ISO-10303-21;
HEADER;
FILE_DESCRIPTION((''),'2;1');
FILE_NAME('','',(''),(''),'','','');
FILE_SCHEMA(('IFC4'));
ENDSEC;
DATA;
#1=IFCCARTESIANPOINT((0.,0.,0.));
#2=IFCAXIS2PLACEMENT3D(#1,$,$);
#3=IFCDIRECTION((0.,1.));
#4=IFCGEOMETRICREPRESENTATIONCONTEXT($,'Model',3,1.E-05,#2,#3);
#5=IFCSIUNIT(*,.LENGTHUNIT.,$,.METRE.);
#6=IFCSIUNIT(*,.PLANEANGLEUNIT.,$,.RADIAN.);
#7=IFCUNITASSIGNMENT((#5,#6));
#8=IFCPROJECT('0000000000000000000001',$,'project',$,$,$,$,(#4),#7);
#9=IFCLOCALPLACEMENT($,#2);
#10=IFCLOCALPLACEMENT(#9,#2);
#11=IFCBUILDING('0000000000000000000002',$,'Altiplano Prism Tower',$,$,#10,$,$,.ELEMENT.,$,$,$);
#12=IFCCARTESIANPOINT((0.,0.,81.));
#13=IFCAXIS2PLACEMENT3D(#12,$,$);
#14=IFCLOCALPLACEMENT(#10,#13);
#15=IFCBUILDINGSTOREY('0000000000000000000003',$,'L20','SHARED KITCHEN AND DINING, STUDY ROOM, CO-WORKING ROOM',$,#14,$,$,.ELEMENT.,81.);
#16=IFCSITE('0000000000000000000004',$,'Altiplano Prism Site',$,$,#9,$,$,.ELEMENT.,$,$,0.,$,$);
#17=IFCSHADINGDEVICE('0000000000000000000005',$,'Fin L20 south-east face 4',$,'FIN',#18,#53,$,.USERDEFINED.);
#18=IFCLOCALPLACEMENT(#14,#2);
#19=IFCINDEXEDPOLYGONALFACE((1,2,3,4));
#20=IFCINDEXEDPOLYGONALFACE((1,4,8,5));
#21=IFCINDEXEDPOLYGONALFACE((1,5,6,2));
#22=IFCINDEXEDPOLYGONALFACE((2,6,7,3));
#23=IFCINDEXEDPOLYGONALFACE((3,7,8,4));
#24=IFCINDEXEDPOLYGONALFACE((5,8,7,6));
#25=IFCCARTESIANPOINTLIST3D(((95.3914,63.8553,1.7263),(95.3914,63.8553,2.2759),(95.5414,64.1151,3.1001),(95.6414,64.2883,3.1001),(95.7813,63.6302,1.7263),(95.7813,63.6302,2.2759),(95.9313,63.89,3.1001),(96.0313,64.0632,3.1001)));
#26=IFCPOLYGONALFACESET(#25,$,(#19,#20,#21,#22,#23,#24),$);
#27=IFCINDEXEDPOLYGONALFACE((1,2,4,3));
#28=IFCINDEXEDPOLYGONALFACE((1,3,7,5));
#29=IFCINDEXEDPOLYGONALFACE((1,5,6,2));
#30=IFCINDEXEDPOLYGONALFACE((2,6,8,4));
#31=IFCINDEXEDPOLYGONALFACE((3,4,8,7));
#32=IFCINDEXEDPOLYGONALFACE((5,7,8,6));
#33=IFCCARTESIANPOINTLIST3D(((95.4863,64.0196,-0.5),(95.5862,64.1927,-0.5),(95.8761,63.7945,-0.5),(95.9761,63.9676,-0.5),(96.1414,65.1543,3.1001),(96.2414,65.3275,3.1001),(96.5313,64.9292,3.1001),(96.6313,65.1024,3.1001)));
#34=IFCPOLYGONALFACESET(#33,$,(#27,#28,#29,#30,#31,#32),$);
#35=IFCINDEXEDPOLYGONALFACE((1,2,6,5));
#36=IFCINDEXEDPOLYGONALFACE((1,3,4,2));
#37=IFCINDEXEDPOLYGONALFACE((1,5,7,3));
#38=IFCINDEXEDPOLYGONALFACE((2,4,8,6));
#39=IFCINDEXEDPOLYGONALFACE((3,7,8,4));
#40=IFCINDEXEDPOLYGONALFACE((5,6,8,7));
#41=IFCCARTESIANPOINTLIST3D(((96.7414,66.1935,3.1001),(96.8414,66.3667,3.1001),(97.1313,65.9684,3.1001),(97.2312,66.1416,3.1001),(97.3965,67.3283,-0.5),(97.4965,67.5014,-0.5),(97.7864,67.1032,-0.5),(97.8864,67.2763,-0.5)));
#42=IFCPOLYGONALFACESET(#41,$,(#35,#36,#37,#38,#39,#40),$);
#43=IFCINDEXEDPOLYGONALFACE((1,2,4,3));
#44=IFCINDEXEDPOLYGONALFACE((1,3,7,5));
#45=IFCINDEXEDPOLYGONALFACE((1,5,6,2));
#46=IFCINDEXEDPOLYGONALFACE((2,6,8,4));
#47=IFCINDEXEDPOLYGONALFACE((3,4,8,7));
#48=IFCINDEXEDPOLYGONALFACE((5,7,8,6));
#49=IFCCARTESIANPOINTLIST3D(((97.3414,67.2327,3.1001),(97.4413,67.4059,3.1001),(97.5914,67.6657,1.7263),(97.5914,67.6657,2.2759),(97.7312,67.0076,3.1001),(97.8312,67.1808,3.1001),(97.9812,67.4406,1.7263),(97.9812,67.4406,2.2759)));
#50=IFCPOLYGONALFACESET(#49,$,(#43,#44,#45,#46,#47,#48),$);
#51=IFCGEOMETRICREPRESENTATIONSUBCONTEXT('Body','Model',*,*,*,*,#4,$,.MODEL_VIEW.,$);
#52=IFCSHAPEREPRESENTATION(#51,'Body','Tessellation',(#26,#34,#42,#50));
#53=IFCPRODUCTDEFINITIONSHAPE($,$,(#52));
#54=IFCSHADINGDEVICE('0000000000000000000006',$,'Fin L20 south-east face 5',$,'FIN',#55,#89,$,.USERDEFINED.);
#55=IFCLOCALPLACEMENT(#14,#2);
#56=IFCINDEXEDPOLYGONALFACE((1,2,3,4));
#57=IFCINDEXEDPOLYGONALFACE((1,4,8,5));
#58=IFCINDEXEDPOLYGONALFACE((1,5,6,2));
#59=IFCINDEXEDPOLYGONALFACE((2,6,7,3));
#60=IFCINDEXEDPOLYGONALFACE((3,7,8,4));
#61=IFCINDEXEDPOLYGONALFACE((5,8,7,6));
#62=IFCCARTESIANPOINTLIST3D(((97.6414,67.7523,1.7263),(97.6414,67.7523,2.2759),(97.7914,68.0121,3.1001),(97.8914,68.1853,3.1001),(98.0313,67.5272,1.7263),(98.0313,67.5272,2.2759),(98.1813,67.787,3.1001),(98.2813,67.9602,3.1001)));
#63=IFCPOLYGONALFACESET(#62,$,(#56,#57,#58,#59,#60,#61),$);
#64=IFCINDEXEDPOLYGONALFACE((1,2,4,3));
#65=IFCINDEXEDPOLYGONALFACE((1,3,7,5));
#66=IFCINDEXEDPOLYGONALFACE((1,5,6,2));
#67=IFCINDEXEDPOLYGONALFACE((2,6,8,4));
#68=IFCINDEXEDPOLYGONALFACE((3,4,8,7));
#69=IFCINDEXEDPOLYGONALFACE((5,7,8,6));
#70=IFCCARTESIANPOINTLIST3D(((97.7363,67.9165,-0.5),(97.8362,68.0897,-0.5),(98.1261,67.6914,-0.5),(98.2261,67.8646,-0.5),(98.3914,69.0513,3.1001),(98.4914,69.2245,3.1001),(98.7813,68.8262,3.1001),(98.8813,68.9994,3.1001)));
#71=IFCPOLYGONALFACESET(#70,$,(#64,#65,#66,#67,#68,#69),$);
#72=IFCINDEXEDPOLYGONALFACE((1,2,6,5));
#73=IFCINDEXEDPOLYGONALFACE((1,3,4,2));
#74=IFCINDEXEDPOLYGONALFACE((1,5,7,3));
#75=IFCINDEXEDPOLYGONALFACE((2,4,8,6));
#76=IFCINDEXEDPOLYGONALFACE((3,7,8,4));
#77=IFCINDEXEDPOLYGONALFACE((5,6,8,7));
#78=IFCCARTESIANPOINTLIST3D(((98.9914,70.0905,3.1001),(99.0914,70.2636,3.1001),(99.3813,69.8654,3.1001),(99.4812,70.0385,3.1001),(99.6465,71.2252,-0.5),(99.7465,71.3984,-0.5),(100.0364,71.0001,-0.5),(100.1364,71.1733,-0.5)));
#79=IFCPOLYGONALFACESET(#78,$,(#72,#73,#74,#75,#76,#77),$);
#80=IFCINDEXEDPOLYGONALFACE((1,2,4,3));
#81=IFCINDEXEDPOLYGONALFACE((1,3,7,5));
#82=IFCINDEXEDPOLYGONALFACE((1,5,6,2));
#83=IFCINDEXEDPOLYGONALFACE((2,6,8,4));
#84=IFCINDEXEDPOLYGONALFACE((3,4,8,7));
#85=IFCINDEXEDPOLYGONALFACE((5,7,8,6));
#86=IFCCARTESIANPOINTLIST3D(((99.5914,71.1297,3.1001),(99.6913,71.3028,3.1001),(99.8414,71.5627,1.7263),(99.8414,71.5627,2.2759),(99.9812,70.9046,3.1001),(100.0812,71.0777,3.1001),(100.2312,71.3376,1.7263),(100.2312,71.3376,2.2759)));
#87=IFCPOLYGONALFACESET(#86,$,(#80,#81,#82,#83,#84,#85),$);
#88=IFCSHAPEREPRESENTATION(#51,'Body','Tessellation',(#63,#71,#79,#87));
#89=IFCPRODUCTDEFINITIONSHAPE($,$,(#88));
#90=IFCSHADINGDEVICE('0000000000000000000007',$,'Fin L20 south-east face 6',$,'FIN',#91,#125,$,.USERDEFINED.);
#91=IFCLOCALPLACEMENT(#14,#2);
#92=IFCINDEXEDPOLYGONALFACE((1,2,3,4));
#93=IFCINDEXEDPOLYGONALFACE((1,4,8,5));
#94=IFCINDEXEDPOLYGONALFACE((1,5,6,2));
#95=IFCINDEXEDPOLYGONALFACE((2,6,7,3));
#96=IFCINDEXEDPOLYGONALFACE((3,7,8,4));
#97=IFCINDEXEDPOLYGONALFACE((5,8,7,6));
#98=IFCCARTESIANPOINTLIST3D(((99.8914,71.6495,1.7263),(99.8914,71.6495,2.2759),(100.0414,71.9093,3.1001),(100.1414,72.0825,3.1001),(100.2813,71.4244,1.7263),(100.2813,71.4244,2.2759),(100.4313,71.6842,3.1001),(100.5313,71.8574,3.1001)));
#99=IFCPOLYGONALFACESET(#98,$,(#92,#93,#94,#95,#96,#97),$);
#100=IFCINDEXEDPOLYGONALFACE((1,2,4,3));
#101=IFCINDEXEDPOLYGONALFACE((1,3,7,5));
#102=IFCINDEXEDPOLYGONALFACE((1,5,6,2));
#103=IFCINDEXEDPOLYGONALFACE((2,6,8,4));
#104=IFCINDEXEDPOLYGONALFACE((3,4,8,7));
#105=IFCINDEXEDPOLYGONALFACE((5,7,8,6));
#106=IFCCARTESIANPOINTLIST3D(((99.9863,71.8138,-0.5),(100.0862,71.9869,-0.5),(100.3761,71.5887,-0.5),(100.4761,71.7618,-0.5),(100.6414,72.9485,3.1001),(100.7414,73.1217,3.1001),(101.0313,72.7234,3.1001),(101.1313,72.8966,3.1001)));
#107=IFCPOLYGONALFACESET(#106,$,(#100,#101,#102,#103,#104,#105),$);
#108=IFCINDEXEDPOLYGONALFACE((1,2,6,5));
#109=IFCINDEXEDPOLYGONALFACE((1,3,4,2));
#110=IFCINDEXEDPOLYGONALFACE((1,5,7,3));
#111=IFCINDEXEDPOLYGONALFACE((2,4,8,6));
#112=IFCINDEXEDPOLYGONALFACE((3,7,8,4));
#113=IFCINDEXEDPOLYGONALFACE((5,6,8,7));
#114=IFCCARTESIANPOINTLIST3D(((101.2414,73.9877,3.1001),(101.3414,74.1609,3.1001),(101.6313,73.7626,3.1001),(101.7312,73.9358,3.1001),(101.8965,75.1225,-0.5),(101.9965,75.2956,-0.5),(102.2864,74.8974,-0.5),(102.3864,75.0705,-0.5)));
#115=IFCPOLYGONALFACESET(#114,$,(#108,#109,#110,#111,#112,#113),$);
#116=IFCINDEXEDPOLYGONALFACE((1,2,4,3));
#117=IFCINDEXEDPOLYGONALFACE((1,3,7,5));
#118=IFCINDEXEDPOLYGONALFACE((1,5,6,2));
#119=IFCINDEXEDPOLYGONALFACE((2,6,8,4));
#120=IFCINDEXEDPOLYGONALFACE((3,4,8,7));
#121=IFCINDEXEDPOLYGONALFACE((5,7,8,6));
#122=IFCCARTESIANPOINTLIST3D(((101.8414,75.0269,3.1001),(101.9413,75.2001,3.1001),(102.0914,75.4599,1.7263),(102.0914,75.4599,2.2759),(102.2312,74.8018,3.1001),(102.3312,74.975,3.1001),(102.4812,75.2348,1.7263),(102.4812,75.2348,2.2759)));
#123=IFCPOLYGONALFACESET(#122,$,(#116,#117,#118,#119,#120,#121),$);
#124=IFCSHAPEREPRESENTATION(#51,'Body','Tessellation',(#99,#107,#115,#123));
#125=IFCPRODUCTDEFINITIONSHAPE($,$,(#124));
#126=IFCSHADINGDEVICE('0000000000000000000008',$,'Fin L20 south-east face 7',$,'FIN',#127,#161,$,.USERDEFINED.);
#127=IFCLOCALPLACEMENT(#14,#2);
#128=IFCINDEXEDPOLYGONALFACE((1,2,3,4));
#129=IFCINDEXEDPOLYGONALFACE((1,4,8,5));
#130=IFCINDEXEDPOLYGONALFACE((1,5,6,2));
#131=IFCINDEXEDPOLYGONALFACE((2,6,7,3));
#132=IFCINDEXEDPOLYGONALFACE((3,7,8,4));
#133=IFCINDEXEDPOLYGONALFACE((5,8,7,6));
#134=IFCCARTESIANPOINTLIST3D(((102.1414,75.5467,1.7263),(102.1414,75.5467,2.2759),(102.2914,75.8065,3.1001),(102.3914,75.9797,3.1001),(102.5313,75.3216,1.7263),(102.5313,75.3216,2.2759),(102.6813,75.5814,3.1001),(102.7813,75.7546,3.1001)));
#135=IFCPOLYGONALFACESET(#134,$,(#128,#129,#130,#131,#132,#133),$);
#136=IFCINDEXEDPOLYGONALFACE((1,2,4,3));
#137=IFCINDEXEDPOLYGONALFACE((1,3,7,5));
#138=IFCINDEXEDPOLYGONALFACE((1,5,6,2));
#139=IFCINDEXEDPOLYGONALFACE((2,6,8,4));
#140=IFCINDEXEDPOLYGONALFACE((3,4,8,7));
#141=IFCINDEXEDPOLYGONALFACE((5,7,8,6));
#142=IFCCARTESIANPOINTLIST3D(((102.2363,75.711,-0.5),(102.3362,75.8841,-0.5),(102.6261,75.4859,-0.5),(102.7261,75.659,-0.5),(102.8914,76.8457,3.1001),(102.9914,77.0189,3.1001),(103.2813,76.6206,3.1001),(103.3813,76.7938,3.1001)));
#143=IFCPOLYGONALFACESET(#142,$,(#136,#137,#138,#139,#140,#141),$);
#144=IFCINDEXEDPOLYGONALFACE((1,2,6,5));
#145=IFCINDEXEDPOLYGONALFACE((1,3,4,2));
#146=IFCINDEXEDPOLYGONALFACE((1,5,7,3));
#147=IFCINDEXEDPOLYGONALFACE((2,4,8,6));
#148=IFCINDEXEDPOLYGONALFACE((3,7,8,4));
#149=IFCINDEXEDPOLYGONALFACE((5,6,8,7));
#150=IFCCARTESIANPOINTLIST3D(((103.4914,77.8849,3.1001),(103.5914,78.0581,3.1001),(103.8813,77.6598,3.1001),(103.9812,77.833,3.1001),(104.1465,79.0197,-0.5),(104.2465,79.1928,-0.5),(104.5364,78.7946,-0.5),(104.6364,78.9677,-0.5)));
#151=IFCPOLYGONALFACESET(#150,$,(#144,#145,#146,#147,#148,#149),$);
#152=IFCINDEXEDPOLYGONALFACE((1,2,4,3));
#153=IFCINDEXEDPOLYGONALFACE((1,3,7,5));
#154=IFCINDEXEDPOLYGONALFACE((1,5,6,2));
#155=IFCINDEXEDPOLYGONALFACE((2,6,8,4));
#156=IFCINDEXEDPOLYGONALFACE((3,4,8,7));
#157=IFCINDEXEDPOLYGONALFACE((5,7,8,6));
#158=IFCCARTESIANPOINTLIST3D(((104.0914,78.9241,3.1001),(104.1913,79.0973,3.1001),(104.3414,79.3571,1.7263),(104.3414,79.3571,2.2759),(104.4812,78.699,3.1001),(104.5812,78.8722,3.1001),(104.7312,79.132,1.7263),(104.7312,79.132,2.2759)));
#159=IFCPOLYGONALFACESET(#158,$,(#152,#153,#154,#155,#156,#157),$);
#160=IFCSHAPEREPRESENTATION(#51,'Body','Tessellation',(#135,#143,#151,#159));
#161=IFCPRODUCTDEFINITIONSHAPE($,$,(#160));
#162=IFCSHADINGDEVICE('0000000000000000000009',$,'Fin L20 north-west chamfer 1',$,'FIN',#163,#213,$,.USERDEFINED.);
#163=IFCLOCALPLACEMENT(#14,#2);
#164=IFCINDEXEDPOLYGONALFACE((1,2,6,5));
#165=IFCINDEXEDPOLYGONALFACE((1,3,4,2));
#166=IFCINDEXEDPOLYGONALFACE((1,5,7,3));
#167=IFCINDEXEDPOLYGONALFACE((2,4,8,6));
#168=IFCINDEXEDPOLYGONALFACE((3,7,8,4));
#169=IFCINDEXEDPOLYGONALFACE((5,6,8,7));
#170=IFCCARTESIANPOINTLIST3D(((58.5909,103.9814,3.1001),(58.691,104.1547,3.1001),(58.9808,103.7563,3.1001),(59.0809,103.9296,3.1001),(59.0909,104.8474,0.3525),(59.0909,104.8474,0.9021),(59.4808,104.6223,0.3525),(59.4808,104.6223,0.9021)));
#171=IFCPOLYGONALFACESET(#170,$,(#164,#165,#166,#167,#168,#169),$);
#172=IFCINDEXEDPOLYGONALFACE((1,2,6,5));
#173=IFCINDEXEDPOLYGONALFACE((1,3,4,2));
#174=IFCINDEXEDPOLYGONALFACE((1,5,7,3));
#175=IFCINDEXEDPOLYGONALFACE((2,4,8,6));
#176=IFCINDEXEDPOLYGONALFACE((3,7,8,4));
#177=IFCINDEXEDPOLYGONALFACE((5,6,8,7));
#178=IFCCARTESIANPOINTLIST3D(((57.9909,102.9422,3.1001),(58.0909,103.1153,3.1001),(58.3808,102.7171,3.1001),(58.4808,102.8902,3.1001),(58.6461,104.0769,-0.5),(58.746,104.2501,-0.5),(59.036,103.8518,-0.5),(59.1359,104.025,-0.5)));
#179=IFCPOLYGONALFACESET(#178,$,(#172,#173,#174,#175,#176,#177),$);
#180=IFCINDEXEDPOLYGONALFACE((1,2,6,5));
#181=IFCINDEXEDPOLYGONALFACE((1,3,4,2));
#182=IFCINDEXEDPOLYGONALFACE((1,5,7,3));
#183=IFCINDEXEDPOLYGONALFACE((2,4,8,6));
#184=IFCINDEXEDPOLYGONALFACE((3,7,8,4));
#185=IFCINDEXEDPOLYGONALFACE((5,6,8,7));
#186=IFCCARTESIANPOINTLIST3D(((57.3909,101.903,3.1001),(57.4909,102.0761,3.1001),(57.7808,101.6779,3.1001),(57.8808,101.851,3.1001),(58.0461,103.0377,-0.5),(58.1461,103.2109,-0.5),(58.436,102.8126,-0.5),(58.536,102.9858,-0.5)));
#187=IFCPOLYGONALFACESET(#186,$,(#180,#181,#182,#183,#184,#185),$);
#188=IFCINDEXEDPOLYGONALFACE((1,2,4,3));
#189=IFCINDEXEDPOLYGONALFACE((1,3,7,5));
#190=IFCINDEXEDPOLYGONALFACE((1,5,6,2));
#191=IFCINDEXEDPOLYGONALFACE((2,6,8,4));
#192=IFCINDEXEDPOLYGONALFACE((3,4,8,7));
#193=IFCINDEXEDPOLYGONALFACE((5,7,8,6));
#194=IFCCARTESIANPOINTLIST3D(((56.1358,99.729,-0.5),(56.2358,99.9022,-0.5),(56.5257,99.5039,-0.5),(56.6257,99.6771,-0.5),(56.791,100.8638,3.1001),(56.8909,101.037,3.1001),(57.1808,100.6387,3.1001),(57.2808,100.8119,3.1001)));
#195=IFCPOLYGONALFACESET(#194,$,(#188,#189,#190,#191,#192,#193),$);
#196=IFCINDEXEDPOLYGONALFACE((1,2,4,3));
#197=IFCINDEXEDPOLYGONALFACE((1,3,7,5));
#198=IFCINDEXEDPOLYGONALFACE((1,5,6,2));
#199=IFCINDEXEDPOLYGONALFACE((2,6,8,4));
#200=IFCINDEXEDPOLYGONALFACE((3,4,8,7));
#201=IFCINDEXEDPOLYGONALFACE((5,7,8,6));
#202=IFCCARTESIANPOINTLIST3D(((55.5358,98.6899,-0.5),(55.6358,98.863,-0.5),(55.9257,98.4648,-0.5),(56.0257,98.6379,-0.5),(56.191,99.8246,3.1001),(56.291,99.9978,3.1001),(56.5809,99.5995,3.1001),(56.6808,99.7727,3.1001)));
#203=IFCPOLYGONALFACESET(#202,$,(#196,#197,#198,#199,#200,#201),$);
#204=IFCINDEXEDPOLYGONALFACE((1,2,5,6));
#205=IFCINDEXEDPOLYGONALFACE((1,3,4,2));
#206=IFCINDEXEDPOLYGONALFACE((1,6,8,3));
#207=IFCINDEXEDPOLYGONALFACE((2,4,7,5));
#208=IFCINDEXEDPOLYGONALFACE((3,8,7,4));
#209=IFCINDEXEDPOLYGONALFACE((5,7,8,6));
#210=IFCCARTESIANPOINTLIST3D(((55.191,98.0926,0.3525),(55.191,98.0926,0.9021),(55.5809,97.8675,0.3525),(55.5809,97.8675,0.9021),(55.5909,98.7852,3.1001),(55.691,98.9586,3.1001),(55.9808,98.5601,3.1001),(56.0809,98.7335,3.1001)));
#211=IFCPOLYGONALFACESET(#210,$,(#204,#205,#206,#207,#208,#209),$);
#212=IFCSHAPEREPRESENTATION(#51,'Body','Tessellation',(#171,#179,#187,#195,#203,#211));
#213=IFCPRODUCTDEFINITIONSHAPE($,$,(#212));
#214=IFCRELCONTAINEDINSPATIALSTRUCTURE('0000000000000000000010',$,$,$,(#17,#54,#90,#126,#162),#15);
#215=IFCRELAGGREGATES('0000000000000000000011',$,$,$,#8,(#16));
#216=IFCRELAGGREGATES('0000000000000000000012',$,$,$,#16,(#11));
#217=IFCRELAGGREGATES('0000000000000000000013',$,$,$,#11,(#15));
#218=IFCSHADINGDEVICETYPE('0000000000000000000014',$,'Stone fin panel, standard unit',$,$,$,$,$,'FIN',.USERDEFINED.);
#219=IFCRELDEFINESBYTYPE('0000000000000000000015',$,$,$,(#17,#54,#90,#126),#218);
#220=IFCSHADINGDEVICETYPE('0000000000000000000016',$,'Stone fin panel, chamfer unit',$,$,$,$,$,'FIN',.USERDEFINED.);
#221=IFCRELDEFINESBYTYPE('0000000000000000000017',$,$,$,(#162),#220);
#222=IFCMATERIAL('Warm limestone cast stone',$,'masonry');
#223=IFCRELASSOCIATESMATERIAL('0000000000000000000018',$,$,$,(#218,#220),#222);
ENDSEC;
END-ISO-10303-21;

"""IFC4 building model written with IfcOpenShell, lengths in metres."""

from ifc_helpers import new_model, si_unit, direction, frame, origin, place, context, subcontext, project, spatial, polyline, outline, extrude, source, transform, mapped, material, type_object, element, save


model = new_model("IFC4")

# Units and contexts
model_context = context("Model", 3, precision=1e-05, world=origin(), true_north=direction((0.0, 1.0)))
body_context = subcontext(model_context, "Body", "Model", "MODEL_VIEW")
ifc_project = project(units=[si_unit("LENGTHUNIT", "METRE"), si_unit("PLANEANGLEUNIT", "RADIAN")], contexts=[model_context])

# Site, building, storey
site_placement = place(None, origin())
site = spatial("IfcSite", under=ifc_project, at=site_placement, Name="Altiplano Prism Site", CompositionType="ELEMENT", RefElevation=0.0)
building_placement = place(site_placement, origin())
building = spatial("IfcBuilding", under=site, at=building_placement, Name="Altiplano Prism Tower", CompositionType="ELEMENT")
storey_placement = place(building_placement, frame((0.0, 0.0, 81.0)))
storey = spatial("IfcBuildingStorey", under=building, at=storey_placement, Name="L20", Description="SHARED KITCHEN AND DINING, STUDY ROOM, CO-WORKING ROOM", CompositionType="ELEMENT", Elevation=81.0)

# Shading devices
ifc_material_1 = material(Name="Warm limestone cast stone", Category="masonry")
shading_device_type_1 = type_object("IfcShadingDeviceType", Name="Stone fin panel, standard unit", ElementType="FIN", PredefinedType="USERDEFINED", material=ifc_material_1)
shared_shape_1 = source(origin(), body_context, "Body", "SweptSolid", [
    extrude(outline(polyline([(-2.2, 2.2263), (-1.7, 3.6001), (-1.8999, 3.6001), (-2.2, 2.7759), (-2.2, 2.2263)])), frame((0.0, -0.1499, 0.0), z_axis=(0.0, -1.0, 0.0), x_axis=(1.0, 0.0, 0.0)), (0.0, 0.0, 1.0), 0.4502),
    extrude(outline(polyline([(-2.0103, 0.0), (-1.8103, 0.0), (-0.5, 3.6001), (-0.7, 3.6001), (-2.0103, 0.0)])), frame((0.0, -0.1499, 0.0), z_axis=(0.0, -1.0, 0.0), x_axis=(1.0, 0.0, 0.0)), (0.0, 0.0, 1.0), 0.4502),
    extrude(outline(polyline([(1.8103, 0.0), (2.0103, 0.0), (0.7, 3.6001), (0.5, 3.6001), (1.8103, 0.0)])), frame((0.0, -0.1499, 0.0), z_axis=(0.0, -1.0, 0.0), x_axis=(1.0, 0.0, 0.0)), (0.0, 0.0, 1.0), 0.4502),
    extrude(outline(polyline([(2.2, 2.7759), (1.8999, 3.6001), (1.7, 3.6001), (2.2, 2.2263), (2.2, 2.7759)])), frame((0.0, -0.1499, 0.0), z_axis=(0.0, -1.0, 0.0), x_axis=(1.0, 0.0, 0.0)), (0.0, 0.0, 1.0), 0.4502),
])
shading_device_1_placement = place(storey_placement, origin())
element("IfcShadingDevice", 1, at=shading_device_1_placement, inside=storey, type_object=shading_device_type_1, Name="Fin L20 south-east face 4", ObjectType="FIN", PredefinedType="USERDEFINED", context=body_context, shape_type="MappedRepresentation", body=[
    mapped(shared_shape_1, transform((96.3616, 65.8354, -0.5), x_axis=(0.5, 0.866025, 0.0), y_axis=(-0.866025, 0.5, 0.0), z_axis=(0.0, 0.0, 1.0))),
])
shading_device_2_placement = place(storey_placement, origin())
element("IfcShadingDevice", 2, at=shading_device_2_placement, inside=storey, type_object=shading_device_type_1, Name="Fin L20 south-east face 5", ObjectType="FIN", PredefinedType="USERDEFINED", context=body_context, shape_type="MappedRepresentation", body=[
    mapped(shared_shape_1, transform((98.6116, 69.7324, -0.5), x_axis=(0.5, 0.866025, 0.0), y_axis=(-0.866025, 0.5, 0.0), z_axis=(0.0, 0.0, 1.0))),
])
shading_device_3_placement = place(storey_placement, origin())
element("IfcShadingDevice", 3, at=shading_device_3_placement, inside=storey, type_object=shading_device_type_1, Name="Fin L20 south-east face 6", ObjectType="FIN", PredefinedType="USERDEFINED", context=body_context, shape_type="MappedRepresentation", body=[
    mapped(shared_shape_1, transform((100.8616, 73.6296, -0.5), x_axis=(0.5, 0.866025, 0.0), y_axis=(-0.866025, 0.5, 0.0), z_axis=(0.0, 0.0, 1.0))),
])
shading_device_4_placement = place(storey_placement, origin())
element("IfcShadingDevice", 4, at=shading_device_4_placement, inside=storey, type_object=shading_device_type_1, Name="Fin L20 south-east face 7", ObjectType="FIN", PredefinedType="USERDEFINED", context=body_context, shape_type="MappedRepresentation", body=[
    mapped(shared_shape_1, transform((103.1116, 77.5269, -0.5), x_axis=(0.5, 0.866025, 0.0), y_axis=(-0.866025, 0.5, 0.0), z_axis=(0.0, 0.0, 1.0))),
])
shading_device_type_2 = type_object("IfcShadingDeviceType", Name="Stone fin panel, chamfer unit", ElementType="FIN", PredefinedType="USERDEFINED", material=ifc_material_1)
shared_shape_2 = source(origin(), body_context, "Body", "SweptSolid", [
    extrude(outline(polyline([(-3.8999, 0.8525), (-2.8999, 3.6001), (-3.1001, 3.6001), (-3.8999, 1.4021), (-3.8999, 0.8525)])), frame((0.0, -0.1499, 0.0), z_axis=(0.0, -1.0, 0.0), x_axis=(1.0, 0.0, 0.0)), (0.0, 0.0, 1.0), 0.4502),
    extrude(outline(polyline([(-3.2102, 0.0), (-3.0103, 0.0), (-1.7, 3.6001), (-1.8999, 3.6001), (-3.2102, 0.0)])), frame((0.0, -0.1499, 0.0), z_axis=(0.0, -1.0, 0.0), x_axis=(1.0, 0.0, 0.0)), (0.0, 0.0, 1.0), 0.4502),
    extrude(outline(polyline([(-2.0103, 0.0), (-1.8103, 0.0), (-0.5, 3.6001), (-0.7, 3.6001), (-2.0103, 0.0)])), frame((0.0, -0.1499, 0.0), z_axis=(0.0, -1.0, 0.0), x_axis=(1.0, 0.0, 0.0)), (0.0, 0.0, 1.0), 0.4502),
    extrude(outline(polyline([(1.8103, 0.0), (2.0103, 0.0), (0.7, 3.6001), (0.5, 3.6001), (1.8103, 0.0)])), frame((0.0, -0.1499, 0.0), z_axis=(0.0, -1.0, 0.0), x_axis=(1.0, 0.0, 0.0)), (0.0, 0.0, 1.0), 0.4502),
    extrude(outline(polyline([(3.0103, 0.0), (3.2102, 0.0), (1.8999, 3.6001), (1.7, 3.6001), (3.0103, 0.0)])), frame((0.0, -0.1499, 0.0), z_axis=(0.0, -1.0, 0.0), x_axis=(1.0, 0.0, 0.0)), (0.0, 0.0, 1.0), 0.4502),
    extrude(outline(polyline([(3.8999, 1.4021), (3.1001, 3.6001), (2.8999, 3.6001), (3.8999, 0.8525), (3.8999, 1.4021)])), frame((0.0, -0.1499, 0.0), z_axis=(0.0, -1.0, 0.0), x_axis=(1.0, 0.0, 0.0)), (0.0, 0.0, 1.0), 0.4502),
])
shading_device_5_placement = place(storey_placement, origin())
element("IfcShadingDevice", 5, at=shading_device_5_placement, inside=storey, type_object=shading_device_type_2, Name="Fin L20 north-west chamfer 1", ObjectType="FIN", PredefinedType="USERDEFINED", context=body_context, shape_type="MappedRepresentation", body=[
    mapped(shared_shape_2, transform((57.6606, 101.1699, -0.5), x_axis=(-0.5, -0.866025, 0.0), y_axis=(0.866025, -0.5, 0.0), z_axis=(0.0, 0.0, 1.0))),
])

save(model, "model.ifc")
